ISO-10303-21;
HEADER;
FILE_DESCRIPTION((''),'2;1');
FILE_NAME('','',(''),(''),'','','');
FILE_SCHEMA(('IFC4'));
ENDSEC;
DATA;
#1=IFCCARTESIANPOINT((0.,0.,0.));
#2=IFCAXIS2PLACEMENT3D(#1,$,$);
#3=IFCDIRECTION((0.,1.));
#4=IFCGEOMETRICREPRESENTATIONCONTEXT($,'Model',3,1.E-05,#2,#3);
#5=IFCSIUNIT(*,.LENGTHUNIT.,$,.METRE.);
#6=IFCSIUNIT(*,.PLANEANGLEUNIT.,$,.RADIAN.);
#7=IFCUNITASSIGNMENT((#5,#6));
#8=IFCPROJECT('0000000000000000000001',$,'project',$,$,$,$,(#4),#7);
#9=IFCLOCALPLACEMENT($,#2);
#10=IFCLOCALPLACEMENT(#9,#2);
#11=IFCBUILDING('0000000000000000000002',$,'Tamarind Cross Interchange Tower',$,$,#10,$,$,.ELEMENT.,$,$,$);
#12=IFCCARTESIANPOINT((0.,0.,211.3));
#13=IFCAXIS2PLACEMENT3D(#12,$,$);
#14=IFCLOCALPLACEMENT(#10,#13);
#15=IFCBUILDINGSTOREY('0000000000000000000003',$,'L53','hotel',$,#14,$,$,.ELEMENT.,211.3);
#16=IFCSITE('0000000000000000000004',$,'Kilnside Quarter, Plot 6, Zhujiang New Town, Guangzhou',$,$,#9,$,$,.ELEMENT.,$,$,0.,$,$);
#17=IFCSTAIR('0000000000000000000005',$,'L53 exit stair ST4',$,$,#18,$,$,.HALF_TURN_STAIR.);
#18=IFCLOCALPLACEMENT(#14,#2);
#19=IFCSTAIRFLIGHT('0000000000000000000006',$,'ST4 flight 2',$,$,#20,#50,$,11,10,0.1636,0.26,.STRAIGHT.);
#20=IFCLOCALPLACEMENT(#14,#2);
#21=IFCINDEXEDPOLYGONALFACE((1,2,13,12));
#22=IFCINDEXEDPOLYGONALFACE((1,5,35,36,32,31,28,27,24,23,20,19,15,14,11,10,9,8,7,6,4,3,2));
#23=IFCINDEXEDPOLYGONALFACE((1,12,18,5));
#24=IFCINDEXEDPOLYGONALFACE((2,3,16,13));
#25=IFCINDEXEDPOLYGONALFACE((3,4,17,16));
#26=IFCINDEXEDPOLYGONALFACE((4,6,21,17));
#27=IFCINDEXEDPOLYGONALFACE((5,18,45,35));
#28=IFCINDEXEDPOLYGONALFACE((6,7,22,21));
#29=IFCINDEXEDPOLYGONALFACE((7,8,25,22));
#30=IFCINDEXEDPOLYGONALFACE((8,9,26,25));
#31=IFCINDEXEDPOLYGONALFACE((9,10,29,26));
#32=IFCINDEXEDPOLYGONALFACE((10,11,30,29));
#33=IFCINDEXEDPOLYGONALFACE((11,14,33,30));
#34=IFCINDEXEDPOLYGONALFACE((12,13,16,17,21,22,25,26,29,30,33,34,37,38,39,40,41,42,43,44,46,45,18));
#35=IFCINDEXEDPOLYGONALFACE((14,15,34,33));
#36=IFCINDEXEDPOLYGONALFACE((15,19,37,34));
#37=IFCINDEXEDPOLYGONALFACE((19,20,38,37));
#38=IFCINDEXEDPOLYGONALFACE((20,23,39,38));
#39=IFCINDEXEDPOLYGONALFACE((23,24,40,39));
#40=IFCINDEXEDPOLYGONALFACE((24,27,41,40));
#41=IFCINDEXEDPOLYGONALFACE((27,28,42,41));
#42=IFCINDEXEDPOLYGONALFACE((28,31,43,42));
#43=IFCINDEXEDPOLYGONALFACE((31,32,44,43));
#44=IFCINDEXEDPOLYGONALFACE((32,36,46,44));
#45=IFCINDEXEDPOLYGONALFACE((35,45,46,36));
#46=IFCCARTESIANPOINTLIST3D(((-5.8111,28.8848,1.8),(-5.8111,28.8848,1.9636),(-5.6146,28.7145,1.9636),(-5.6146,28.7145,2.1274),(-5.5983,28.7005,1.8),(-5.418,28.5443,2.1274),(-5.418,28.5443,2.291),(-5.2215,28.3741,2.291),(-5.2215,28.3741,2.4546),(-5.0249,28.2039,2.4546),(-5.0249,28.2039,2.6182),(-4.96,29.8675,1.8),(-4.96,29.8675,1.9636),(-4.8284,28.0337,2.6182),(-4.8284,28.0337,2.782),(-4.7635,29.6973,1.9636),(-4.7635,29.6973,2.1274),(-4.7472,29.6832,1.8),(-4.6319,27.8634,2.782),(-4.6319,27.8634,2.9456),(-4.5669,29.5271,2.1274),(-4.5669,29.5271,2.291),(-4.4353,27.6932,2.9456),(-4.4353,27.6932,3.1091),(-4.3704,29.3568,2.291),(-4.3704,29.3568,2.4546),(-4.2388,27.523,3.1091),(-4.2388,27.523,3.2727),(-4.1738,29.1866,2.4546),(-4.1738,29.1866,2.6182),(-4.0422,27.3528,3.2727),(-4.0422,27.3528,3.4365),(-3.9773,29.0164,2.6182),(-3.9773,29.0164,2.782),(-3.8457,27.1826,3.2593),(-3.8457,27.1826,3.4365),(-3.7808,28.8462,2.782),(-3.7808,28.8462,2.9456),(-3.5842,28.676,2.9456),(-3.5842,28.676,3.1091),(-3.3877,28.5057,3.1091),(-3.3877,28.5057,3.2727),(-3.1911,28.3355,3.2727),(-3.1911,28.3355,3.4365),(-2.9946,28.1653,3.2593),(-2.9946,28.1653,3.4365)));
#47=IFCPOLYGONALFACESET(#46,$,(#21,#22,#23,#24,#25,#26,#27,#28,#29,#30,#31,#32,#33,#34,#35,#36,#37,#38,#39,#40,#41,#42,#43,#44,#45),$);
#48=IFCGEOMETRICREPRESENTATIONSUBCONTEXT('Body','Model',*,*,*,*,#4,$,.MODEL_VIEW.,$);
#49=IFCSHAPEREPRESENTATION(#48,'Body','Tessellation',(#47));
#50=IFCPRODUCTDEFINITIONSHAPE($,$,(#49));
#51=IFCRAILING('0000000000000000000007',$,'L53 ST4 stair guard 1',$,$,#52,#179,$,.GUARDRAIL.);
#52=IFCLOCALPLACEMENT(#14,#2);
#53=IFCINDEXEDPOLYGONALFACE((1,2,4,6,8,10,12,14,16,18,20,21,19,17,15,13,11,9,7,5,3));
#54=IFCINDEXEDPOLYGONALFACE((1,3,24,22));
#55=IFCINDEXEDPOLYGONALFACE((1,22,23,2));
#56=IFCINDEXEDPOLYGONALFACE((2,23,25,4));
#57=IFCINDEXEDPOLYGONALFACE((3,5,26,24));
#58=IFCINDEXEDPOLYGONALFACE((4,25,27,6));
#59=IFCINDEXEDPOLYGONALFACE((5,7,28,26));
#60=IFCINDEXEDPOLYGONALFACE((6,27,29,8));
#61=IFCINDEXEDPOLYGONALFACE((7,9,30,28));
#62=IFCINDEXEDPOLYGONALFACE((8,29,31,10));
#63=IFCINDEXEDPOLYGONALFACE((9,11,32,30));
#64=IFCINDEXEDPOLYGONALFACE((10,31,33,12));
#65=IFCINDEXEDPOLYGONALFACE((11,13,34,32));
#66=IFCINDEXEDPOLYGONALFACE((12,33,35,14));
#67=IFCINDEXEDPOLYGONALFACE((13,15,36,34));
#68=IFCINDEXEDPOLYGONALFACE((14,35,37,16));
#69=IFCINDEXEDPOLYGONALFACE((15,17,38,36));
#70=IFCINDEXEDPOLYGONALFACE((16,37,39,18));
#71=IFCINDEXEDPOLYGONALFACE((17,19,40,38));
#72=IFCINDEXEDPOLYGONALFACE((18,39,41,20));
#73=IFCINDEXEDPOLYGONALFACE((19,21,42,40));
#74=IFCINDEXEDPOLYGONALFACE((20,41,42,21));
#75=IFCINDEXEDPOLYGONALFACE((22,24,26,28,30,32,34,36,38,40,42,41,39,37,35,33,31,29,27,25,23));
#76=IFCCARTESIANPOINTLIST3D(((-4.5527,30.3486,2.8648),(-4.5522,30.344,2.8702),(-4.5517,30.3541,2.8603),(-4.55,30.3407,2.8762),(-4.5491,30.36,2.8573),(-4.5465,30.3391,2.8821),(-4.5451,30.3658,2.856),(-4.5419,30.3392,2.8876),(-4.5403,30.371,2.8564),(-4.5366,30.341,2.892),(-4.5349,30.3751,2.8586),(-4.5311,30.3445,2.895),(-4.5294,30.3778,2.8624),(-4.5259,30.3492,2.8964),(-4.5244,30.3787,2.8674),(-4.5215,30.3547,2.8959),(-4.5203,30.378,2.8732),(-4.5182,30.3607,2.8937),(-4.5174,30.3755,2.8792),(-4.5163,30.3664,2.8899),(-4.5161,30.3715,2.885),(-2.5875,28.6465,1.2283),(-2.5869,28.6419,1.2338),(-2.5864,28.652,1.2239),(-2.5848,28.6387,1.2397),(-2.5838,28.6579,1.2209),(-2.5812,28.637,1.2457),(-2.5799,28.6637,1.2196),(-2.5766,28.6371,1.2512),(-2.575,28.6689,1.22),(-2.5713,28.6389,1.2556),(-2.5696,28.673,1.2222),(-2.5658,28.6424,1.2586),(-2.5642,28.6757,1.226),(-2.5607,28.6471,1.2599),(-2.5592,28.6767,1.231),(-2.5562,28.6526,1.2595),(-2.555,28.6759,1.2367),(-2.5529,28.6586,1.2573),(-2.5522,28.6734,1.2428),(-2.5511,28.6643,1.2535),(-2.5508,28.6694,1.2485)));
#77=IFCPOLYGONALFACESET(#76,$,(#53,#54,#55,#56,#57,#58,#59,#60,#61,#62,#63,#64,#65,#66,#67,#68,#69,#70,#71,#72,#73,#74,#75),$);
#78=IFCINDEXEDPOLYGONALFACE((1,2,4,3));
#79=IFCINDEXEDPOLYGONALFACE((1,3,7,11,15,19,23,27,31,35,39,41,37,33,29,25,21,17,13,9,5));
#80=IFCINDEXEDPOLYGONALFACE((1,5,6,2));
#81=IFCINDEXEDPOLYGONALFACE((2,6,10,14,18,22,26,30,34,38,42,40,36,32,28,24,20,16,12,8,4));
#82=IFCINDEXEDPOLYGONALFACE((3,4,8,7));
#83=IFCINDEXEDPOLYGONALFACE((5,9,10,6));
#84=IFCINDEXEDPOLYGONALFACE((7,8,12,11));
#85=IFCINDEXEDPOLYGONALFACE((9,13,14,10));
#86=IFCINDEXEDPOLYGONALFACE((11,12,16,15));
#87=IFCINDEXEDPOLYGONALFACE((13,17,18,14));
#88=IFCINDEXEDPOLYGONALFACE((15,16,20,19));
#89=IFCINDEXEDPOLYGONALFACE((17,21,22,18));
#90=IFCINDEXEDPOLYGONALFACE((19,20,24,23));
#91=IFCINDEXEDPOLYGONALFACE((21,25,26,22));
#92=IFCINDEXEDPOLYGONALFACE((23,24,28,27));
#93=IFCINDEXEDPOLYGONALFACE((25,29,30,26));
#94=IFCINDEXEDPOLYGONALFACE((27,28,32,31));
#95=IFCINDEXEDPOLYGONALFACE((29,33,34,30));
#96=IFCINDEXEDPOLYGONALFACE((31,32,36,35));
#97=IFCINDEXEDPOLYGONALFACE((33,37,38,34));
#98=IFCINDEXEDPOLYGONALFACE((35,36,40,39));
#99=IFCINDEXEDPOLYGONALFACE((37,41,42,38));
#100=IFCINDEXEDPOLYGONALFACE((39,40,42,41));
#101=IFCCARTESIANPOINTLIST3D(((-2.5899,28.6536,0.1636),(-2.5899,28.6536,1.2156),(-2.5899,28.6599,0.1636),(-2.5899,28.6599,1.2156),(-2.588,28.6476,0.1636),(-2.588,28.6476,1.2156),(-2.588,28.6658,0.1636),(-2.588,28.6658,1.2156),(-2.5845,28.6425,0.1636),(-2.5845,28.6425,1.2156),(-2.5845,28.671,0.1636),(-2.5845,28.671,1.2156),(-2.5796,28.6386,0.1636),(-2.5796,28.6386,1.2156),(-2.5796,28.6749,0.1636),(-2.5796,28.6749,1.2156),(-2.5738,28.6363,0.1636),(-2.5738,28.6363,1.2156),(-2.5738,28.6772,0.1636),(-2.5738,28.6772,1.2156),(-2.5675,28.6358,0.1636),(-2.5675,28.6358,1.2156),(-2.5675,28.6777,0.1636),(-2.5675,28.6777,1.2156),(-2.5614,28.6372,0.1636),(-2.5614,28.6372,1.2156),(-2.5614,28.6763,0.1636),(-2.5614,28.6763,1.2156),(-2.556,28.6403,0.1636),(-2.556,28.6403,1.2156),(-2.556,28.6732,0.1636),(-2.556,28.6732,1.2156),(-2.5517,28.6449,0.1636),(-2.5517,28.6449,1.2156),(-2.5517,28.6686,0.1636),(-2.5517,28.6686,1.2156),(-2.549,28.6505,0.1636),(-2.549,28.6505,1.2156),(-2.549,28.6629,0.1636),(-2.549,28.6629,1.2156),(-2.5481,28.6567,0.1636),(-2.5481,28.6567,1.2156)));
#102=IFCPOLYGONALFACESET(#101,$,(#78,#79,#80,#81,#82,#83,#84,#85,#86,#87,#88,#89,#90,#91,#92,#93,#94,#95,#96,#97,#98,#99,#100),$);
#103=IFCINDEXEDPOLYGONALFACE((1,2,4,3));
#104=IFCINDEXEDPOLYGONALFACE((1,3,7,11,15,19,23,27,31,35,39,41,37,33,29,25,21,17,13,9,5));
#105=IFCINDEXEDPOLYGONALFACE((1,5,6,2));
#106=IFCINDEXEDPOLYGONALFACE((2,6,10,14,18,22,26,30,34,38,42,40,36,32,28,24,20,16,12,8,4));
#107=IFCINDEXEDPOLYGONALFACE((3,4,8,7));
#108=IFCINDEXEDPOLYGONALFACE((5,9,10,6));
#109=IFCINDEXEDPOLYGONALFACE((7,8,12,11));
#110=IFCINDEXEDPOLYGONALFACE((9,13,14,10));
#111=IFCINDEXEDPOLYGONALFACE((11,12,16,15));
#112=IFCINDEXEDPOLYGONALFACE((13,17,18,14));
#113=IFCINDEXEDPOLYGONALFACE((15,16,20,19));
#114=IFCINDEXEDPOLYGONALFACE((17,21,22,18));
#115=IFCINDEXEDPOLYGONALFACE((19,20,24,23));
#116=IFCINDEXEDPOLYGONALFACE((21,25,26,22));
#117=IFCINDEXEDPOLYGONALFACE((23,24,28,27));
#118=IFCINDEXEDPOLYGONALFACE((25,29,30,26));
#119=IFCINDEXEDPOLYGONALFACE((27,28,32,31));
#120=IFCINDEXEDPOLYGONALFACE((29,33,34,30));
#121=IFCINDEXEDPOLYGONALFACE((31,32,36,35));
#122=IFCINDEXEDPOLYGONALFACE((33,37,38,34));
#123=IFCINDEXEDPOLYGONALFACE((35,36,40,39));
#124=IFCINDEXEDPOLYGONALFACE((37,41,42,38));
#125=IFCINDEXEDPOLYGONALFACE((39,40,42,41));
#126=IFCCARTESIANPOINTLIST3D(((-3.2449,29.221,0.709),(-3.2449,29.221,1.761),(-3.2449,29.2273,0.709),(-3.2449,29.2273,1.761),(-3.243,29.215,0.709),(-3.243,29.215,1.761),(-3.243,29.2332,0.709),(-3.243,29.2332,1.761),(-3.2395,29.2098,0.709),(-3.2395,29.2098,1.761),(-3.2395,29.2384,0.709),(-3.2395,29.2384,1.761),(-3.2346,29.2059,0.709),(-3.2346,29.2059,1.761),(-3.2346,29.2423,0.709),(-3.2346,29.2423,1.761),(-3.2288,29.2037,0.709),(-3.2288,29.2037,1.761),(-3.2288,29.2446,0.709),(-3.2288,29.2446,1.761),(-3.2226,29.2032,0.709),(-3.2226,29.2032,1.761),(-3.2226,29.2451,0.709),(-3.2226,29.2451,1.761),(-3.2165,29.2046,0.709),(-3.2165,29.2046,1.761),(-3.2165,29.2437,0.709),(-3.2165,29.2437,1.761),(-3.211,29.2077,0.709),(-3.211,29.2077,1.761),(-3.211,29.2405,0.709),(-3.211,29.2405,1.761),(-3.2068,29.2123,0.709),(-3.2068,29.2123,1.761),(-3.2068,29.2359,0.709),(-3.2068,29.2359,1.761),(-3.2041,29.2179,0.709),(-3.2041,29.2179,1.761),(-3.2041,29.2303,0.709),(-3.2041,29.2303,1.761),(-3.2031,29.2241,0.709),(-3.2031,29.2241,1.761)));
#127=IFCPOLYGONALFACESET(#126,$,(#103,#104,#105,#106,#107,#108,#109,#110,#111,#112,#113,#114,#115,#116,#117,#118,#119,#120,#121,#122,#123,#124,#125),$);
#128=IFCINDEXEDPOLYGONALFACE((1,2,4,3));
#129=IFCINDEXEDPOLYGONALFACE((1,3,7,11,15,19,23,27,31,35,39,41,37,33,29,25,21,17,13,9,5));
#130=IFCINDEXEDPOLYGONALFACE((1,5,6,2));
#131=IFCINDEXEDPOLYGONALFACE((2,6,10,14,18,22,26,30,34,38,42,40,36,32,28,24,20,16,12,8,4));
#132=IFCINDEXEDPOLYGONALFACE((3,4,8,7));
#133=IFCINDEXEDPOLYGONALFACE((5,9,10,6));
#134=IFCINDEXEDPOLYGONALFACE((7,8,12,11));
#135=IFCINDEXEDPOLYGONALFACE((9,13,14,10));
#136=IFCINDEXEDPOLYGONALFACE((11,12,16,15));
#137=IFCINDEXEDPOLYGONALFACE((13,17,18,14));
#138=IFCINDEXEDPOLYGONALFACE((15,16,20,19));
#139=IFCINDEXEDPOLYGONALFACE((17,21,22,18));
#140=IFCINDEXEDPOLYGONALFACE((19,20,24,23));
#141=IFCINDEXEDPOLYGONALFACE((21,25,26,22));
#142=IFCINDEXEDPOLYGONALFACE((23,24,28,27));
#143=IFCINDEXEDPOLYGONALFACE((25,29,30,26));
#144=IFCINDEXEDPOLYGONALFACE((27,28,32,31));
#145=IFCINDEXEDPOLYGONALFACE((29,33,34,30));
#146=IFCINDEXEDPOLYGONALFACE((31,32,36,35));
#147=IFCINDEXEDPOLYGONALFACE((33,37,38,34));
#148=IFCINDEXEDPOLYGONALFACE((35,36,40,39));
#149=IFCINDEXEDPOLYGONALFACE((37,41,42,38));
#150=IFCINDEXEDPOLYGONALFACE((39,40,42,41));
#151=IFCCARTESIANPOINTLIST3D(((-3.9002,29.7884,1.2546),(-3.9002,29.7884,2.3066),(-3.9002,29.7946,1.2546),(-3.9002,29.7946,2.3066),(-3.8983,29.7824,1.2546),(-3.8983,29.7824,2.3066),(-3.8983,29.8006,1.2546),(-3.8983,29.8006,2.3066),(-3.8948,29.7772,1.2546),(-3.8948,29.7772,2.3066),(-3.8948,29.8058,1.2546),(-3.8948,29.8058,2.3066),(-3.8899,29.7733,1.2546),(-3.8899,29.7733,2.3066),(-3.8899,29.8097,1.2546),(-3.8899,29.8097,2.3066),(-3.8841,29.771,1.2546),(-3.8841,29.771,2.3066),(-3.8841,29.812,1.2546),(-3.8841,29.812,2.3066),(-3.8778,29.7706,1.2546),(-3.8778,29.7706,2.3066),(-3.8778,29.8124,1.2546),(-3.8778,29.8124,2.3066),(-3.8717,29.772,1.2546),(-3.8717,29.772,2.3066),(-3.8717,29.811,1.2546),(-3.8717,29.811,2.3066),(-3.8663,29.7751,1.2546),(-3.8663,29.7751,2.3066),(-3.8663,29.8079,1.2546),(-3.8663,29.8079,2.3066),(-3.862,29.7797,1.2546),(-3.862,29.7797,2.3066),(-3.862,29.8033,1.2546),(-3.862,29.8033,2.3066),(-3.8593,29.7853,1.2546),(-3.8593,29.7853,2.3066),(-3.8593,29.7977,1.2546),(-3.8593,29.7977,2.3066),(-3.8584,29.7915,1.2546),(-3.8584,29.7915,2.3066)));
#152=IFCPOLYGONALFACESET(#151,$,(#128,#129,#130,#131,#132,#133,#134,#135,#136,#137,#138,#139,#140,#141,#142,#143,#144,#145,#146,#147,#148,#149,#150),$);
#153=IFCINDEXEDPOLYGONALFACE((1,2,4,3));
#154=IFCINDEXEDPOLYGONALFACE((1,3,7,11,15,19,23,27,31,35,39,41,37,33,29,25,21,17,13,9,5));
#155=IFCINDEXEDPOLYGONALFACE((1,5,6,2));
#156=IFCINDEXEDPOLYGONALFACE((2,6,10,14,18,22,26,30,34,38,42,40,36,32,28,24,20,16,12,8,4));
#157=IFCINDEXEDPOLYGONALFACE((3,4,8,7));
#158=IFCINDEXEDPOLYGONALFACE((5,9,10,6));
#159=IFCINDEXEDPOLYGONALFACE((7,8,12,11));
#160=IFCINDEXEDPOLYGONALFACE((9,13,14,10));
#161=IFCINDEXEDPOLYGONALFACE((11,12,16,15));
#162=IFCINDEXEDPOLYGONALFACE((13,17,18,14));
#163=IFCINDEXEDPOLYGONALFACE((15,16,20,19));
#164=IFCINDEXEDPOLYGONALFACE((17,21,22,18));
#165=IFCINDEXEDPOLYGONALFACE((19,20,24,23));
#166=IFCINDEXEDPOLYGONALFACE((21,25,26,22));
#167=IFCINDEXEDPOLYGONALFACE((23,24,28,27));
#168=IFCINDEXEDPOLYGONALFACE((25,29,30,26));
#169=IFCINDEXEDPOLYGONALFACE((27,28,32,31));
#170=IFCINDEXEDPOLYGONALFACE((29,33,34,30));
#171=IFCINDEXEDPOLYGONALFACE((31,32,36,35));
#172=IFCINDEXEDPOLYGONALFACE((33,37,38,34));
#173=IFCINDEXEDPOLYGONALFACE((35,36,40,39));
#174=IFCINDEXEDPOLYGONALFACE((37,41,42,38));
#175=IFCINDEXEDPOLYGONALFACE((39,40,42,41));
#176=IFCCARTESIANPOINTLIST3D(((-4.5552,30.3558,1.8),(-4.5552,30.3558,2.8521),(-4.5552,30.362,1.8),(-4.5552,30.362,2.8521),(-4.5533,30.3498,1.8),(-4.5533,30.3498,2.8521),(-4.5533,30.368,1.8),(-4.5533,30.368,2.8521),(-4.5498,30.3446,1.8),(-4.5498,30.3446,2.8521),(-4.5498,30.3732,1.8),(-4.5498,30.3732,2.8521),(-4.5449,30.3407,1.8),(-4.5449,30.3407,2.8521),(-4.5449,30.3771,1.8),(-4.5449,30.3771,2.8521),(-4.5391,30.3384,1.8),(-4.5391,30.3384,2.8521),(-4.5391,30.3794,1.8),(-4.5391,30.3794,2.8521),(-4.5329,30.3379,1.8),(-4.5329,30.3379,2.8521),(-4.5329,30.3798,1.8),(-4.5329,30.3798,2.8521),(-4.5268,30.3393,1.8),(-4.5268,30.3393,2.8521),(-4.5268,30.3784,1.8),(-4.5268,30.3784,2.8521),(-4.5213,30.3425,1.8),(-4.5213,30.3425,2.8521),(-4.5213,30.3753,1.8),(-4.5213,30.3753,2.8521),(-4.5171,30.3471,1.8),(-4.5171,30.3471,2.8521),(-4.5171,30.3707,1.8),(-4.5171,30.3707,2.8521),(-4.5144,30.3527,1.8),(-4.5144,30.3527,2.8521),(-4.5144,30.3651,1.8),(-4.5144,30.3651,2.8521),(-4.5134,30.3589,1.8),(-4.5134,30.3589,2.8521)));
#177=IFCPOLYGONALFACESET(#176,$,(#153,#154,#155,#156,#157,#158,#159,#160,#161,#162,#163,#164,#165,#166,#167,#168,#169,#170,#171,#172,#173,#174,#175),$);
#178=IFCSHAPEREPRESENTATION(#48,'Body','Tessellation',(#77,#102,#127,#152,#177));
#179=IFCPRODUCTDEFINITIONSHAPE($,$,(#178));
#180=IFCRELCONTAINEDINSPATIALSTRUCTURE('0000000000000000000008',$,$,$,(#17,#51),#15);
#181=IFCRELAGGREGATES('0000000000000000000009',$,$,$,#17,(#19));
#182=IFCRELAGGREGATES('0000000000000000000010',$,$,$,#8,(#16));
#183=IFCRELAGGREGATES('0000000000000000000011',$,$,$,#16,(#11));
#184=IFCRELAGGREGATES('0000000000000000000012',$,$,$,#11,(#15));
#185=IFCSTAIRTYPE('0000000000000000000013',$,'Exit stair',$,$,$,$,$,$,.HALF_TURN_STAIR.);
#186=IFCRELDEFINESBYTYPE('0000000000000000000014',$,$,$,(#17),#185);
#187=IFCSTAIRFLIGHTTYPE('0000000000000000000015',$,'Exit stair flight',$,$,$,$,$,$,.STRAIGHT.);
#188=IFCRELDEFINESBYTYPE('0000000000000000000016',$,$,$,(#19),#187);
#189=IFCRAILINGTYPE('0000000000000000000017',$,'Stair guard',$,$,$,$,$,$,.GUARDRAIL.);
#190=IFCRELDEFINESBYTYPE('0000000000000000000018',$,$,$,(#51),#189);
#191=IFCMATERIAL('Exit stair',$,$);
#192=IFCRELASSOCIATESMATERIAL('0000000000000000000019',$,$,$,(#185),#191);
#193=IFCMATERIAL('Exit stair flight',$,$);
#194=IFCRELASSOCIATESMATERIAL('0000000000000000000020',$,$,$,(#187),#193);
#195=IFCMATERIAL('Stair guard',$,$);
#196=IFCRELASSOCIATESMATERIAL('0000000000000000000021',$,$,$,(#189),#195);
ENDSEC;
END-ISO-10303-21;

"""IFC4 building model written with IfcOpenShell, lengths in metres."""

from ifc_helpers import new_model, si_unit, direction, frame, origin, origin_2d, place, context, subcontext, project, spatial, polyline, circle, outline, extrude, material, type_object, element, aggregate, save


model = new_model("IFC4")

# Units and contexts
model_context = context("Model", 3, precision=1e-05, world=origin(), true_north=direction((0.0, 1.0)))
body_context = subcontext(model_context, "Body", "Model", "MODEL_VIEW")
ifc_project = project(units=[si_unit("LENGTHUNIT", "METRE"), si_unit("PLANEANGLEUNIT", "RADIAN")], contexts=[model_context])

# Site, building, storey
site_placement = place(None, origin())
site = spatial("IfcSite", under=ifc_project, at=site_placement, Name="Kilnside Quarter, Plot 6, Zhujiang New Town, Guangzhou", CompositionType="ELEMENT", RefElevation=0.0)
building_placement = place(site_placement, origin())
building = spatial("IfcBuilding", under=site, at=building_placement, Name="Tamarind Cross Interchange Tower", CompositionType="ELEMENT")
storey_placement = place(building_placement, frame((0.0, 0.0, 211.3)))
storey = spatial("IfcBuildingStorey", under=building, at=storey_placement, Name="L53", Description="hotel", CompositionType="ELEMENT", Elevation=211.3)

# Stair, stair flight
ifc_material_1 = material(Name="Exit stair")
stair_type = type_object("IfcStairType", Name="Exit stair", PredefinedType="HALF_TURN_STAIR", material=ifc_material_1)
stair_placement = place(storey_placement, origin())
stair = element("IfcStair", 1, at=stair_placement, inside=storey, type_object=stair_type, Name="L53 exit stair ST4", PredefinedType="HALF_TURN_STAIR")
ifc_material_2 = material(Name="Exit stair flight")
stair_flight_type = type_object("IfcStairFlightType", Name="Exit stair flight", PredefinedType="STRAIGHT", material=ifc_material_2)
stair_flight_1_placement = place(storey_placement, frame((-5.3855, 29.3762, 1.8), z_axis=(0.0, 0.0, 1.0), x_axis=(0.755917, -0.654667, 0.0)))
stair_flight_1 = element("IfcStairFlight", 2, at=stair_flight_1_placement, type_object=stair_flight_type, Name="ST4 flight 2", NumberOfRisers=11, NumberOfTreads=10, PredefinedType="STRAIGHT", RiserHeight=0.1636, TreadLength=0.26, context=body_context, shape_type="SweptSolid", body=[
    extrude(outline(polyline([(0.0, 0.0), (0.0, 0.1636), (0.26, 0.1636), (0.26, 0.3274), (0.52, 0.3274), (0.52, 0.491), (0.78, 0.491), (0.78, 0.6545), (1.04, 0.6545), (1.04, 0.8181), (1.3, 0.8181), (1.3, 0.9819), (1.5601, 0.9819), (1.5601, 1.1455), (1.8201, 1.1455), (1.8201, 1.3091), (2.0801, 1.3091), (2.0801, 1.4727), (2.3401, 1.4727), (2.3401, 1.6365), (2.6001, 1.6365), (2.6001, 1.8), (2.6001, 1.4592), (0.2815, 0.0), (0.0, 0.0)])), frame((0.0, 0.6499, 0.0), z_axis=(0.0, -1.0, 0.0), x_axis=(1.0, 0.0, 0.0)), (0.0, 0.0, 1.0), 1.3),
])
aggregate(stair, [stair_flight_1])

# Railing
ifc_material_3 = material(Name="Stair guard")
railing_type_1 = type_object("IfcRailingType", Name="Stair guard", PredefinedType="GUARDRAIL", material=ifc_material_3)
railing_1_placement = place(storey_placement, frame((-2.5691, 28.6567, 0.1636)))
element("IfcRailing", 3, at=railing_1_placement, inside=storey, type_object=railing_type_1, Name="L53 ST4 stair guard 1", PredefinedType="GUARDRAIL", context=body_context, shape_type="SweptSolid", body=[
    extrude(circle(Radius=0.0239, at=origin_2d()), frame((0.0, 0.0, 1.0762), z_axis=(-0.639733, 0.554064, 0.532687), x_axis=(-0.65468, -0.755906, 0.0)), (0.0, 0.0, 1.0), 3.072),
    extrude(circle(Radius=0.021, at=origin_2d()), origin(), (0.0, 0.0, 1.0), 1.052),
    extrude(circle(Radius=0.021, at=origin_2d()), frame((-0.655, 0.5674, 0.5454)), (0.0, 0.0, 1.0), 1.052),
    extrude(circle(Radius=0.021, at=origin_2d()), frame((-1.3103, 1.1348, 1.0911)), (0.0, 0.0, 1.0), 1.052),
    extrude(circle(Radius=0.021, at=origin_2d()), frame((-1.9653, 1.7021, 1.6365)), (0.0, 0.0, 1.0), 1.052),
])

save(model, "model.ifc")
